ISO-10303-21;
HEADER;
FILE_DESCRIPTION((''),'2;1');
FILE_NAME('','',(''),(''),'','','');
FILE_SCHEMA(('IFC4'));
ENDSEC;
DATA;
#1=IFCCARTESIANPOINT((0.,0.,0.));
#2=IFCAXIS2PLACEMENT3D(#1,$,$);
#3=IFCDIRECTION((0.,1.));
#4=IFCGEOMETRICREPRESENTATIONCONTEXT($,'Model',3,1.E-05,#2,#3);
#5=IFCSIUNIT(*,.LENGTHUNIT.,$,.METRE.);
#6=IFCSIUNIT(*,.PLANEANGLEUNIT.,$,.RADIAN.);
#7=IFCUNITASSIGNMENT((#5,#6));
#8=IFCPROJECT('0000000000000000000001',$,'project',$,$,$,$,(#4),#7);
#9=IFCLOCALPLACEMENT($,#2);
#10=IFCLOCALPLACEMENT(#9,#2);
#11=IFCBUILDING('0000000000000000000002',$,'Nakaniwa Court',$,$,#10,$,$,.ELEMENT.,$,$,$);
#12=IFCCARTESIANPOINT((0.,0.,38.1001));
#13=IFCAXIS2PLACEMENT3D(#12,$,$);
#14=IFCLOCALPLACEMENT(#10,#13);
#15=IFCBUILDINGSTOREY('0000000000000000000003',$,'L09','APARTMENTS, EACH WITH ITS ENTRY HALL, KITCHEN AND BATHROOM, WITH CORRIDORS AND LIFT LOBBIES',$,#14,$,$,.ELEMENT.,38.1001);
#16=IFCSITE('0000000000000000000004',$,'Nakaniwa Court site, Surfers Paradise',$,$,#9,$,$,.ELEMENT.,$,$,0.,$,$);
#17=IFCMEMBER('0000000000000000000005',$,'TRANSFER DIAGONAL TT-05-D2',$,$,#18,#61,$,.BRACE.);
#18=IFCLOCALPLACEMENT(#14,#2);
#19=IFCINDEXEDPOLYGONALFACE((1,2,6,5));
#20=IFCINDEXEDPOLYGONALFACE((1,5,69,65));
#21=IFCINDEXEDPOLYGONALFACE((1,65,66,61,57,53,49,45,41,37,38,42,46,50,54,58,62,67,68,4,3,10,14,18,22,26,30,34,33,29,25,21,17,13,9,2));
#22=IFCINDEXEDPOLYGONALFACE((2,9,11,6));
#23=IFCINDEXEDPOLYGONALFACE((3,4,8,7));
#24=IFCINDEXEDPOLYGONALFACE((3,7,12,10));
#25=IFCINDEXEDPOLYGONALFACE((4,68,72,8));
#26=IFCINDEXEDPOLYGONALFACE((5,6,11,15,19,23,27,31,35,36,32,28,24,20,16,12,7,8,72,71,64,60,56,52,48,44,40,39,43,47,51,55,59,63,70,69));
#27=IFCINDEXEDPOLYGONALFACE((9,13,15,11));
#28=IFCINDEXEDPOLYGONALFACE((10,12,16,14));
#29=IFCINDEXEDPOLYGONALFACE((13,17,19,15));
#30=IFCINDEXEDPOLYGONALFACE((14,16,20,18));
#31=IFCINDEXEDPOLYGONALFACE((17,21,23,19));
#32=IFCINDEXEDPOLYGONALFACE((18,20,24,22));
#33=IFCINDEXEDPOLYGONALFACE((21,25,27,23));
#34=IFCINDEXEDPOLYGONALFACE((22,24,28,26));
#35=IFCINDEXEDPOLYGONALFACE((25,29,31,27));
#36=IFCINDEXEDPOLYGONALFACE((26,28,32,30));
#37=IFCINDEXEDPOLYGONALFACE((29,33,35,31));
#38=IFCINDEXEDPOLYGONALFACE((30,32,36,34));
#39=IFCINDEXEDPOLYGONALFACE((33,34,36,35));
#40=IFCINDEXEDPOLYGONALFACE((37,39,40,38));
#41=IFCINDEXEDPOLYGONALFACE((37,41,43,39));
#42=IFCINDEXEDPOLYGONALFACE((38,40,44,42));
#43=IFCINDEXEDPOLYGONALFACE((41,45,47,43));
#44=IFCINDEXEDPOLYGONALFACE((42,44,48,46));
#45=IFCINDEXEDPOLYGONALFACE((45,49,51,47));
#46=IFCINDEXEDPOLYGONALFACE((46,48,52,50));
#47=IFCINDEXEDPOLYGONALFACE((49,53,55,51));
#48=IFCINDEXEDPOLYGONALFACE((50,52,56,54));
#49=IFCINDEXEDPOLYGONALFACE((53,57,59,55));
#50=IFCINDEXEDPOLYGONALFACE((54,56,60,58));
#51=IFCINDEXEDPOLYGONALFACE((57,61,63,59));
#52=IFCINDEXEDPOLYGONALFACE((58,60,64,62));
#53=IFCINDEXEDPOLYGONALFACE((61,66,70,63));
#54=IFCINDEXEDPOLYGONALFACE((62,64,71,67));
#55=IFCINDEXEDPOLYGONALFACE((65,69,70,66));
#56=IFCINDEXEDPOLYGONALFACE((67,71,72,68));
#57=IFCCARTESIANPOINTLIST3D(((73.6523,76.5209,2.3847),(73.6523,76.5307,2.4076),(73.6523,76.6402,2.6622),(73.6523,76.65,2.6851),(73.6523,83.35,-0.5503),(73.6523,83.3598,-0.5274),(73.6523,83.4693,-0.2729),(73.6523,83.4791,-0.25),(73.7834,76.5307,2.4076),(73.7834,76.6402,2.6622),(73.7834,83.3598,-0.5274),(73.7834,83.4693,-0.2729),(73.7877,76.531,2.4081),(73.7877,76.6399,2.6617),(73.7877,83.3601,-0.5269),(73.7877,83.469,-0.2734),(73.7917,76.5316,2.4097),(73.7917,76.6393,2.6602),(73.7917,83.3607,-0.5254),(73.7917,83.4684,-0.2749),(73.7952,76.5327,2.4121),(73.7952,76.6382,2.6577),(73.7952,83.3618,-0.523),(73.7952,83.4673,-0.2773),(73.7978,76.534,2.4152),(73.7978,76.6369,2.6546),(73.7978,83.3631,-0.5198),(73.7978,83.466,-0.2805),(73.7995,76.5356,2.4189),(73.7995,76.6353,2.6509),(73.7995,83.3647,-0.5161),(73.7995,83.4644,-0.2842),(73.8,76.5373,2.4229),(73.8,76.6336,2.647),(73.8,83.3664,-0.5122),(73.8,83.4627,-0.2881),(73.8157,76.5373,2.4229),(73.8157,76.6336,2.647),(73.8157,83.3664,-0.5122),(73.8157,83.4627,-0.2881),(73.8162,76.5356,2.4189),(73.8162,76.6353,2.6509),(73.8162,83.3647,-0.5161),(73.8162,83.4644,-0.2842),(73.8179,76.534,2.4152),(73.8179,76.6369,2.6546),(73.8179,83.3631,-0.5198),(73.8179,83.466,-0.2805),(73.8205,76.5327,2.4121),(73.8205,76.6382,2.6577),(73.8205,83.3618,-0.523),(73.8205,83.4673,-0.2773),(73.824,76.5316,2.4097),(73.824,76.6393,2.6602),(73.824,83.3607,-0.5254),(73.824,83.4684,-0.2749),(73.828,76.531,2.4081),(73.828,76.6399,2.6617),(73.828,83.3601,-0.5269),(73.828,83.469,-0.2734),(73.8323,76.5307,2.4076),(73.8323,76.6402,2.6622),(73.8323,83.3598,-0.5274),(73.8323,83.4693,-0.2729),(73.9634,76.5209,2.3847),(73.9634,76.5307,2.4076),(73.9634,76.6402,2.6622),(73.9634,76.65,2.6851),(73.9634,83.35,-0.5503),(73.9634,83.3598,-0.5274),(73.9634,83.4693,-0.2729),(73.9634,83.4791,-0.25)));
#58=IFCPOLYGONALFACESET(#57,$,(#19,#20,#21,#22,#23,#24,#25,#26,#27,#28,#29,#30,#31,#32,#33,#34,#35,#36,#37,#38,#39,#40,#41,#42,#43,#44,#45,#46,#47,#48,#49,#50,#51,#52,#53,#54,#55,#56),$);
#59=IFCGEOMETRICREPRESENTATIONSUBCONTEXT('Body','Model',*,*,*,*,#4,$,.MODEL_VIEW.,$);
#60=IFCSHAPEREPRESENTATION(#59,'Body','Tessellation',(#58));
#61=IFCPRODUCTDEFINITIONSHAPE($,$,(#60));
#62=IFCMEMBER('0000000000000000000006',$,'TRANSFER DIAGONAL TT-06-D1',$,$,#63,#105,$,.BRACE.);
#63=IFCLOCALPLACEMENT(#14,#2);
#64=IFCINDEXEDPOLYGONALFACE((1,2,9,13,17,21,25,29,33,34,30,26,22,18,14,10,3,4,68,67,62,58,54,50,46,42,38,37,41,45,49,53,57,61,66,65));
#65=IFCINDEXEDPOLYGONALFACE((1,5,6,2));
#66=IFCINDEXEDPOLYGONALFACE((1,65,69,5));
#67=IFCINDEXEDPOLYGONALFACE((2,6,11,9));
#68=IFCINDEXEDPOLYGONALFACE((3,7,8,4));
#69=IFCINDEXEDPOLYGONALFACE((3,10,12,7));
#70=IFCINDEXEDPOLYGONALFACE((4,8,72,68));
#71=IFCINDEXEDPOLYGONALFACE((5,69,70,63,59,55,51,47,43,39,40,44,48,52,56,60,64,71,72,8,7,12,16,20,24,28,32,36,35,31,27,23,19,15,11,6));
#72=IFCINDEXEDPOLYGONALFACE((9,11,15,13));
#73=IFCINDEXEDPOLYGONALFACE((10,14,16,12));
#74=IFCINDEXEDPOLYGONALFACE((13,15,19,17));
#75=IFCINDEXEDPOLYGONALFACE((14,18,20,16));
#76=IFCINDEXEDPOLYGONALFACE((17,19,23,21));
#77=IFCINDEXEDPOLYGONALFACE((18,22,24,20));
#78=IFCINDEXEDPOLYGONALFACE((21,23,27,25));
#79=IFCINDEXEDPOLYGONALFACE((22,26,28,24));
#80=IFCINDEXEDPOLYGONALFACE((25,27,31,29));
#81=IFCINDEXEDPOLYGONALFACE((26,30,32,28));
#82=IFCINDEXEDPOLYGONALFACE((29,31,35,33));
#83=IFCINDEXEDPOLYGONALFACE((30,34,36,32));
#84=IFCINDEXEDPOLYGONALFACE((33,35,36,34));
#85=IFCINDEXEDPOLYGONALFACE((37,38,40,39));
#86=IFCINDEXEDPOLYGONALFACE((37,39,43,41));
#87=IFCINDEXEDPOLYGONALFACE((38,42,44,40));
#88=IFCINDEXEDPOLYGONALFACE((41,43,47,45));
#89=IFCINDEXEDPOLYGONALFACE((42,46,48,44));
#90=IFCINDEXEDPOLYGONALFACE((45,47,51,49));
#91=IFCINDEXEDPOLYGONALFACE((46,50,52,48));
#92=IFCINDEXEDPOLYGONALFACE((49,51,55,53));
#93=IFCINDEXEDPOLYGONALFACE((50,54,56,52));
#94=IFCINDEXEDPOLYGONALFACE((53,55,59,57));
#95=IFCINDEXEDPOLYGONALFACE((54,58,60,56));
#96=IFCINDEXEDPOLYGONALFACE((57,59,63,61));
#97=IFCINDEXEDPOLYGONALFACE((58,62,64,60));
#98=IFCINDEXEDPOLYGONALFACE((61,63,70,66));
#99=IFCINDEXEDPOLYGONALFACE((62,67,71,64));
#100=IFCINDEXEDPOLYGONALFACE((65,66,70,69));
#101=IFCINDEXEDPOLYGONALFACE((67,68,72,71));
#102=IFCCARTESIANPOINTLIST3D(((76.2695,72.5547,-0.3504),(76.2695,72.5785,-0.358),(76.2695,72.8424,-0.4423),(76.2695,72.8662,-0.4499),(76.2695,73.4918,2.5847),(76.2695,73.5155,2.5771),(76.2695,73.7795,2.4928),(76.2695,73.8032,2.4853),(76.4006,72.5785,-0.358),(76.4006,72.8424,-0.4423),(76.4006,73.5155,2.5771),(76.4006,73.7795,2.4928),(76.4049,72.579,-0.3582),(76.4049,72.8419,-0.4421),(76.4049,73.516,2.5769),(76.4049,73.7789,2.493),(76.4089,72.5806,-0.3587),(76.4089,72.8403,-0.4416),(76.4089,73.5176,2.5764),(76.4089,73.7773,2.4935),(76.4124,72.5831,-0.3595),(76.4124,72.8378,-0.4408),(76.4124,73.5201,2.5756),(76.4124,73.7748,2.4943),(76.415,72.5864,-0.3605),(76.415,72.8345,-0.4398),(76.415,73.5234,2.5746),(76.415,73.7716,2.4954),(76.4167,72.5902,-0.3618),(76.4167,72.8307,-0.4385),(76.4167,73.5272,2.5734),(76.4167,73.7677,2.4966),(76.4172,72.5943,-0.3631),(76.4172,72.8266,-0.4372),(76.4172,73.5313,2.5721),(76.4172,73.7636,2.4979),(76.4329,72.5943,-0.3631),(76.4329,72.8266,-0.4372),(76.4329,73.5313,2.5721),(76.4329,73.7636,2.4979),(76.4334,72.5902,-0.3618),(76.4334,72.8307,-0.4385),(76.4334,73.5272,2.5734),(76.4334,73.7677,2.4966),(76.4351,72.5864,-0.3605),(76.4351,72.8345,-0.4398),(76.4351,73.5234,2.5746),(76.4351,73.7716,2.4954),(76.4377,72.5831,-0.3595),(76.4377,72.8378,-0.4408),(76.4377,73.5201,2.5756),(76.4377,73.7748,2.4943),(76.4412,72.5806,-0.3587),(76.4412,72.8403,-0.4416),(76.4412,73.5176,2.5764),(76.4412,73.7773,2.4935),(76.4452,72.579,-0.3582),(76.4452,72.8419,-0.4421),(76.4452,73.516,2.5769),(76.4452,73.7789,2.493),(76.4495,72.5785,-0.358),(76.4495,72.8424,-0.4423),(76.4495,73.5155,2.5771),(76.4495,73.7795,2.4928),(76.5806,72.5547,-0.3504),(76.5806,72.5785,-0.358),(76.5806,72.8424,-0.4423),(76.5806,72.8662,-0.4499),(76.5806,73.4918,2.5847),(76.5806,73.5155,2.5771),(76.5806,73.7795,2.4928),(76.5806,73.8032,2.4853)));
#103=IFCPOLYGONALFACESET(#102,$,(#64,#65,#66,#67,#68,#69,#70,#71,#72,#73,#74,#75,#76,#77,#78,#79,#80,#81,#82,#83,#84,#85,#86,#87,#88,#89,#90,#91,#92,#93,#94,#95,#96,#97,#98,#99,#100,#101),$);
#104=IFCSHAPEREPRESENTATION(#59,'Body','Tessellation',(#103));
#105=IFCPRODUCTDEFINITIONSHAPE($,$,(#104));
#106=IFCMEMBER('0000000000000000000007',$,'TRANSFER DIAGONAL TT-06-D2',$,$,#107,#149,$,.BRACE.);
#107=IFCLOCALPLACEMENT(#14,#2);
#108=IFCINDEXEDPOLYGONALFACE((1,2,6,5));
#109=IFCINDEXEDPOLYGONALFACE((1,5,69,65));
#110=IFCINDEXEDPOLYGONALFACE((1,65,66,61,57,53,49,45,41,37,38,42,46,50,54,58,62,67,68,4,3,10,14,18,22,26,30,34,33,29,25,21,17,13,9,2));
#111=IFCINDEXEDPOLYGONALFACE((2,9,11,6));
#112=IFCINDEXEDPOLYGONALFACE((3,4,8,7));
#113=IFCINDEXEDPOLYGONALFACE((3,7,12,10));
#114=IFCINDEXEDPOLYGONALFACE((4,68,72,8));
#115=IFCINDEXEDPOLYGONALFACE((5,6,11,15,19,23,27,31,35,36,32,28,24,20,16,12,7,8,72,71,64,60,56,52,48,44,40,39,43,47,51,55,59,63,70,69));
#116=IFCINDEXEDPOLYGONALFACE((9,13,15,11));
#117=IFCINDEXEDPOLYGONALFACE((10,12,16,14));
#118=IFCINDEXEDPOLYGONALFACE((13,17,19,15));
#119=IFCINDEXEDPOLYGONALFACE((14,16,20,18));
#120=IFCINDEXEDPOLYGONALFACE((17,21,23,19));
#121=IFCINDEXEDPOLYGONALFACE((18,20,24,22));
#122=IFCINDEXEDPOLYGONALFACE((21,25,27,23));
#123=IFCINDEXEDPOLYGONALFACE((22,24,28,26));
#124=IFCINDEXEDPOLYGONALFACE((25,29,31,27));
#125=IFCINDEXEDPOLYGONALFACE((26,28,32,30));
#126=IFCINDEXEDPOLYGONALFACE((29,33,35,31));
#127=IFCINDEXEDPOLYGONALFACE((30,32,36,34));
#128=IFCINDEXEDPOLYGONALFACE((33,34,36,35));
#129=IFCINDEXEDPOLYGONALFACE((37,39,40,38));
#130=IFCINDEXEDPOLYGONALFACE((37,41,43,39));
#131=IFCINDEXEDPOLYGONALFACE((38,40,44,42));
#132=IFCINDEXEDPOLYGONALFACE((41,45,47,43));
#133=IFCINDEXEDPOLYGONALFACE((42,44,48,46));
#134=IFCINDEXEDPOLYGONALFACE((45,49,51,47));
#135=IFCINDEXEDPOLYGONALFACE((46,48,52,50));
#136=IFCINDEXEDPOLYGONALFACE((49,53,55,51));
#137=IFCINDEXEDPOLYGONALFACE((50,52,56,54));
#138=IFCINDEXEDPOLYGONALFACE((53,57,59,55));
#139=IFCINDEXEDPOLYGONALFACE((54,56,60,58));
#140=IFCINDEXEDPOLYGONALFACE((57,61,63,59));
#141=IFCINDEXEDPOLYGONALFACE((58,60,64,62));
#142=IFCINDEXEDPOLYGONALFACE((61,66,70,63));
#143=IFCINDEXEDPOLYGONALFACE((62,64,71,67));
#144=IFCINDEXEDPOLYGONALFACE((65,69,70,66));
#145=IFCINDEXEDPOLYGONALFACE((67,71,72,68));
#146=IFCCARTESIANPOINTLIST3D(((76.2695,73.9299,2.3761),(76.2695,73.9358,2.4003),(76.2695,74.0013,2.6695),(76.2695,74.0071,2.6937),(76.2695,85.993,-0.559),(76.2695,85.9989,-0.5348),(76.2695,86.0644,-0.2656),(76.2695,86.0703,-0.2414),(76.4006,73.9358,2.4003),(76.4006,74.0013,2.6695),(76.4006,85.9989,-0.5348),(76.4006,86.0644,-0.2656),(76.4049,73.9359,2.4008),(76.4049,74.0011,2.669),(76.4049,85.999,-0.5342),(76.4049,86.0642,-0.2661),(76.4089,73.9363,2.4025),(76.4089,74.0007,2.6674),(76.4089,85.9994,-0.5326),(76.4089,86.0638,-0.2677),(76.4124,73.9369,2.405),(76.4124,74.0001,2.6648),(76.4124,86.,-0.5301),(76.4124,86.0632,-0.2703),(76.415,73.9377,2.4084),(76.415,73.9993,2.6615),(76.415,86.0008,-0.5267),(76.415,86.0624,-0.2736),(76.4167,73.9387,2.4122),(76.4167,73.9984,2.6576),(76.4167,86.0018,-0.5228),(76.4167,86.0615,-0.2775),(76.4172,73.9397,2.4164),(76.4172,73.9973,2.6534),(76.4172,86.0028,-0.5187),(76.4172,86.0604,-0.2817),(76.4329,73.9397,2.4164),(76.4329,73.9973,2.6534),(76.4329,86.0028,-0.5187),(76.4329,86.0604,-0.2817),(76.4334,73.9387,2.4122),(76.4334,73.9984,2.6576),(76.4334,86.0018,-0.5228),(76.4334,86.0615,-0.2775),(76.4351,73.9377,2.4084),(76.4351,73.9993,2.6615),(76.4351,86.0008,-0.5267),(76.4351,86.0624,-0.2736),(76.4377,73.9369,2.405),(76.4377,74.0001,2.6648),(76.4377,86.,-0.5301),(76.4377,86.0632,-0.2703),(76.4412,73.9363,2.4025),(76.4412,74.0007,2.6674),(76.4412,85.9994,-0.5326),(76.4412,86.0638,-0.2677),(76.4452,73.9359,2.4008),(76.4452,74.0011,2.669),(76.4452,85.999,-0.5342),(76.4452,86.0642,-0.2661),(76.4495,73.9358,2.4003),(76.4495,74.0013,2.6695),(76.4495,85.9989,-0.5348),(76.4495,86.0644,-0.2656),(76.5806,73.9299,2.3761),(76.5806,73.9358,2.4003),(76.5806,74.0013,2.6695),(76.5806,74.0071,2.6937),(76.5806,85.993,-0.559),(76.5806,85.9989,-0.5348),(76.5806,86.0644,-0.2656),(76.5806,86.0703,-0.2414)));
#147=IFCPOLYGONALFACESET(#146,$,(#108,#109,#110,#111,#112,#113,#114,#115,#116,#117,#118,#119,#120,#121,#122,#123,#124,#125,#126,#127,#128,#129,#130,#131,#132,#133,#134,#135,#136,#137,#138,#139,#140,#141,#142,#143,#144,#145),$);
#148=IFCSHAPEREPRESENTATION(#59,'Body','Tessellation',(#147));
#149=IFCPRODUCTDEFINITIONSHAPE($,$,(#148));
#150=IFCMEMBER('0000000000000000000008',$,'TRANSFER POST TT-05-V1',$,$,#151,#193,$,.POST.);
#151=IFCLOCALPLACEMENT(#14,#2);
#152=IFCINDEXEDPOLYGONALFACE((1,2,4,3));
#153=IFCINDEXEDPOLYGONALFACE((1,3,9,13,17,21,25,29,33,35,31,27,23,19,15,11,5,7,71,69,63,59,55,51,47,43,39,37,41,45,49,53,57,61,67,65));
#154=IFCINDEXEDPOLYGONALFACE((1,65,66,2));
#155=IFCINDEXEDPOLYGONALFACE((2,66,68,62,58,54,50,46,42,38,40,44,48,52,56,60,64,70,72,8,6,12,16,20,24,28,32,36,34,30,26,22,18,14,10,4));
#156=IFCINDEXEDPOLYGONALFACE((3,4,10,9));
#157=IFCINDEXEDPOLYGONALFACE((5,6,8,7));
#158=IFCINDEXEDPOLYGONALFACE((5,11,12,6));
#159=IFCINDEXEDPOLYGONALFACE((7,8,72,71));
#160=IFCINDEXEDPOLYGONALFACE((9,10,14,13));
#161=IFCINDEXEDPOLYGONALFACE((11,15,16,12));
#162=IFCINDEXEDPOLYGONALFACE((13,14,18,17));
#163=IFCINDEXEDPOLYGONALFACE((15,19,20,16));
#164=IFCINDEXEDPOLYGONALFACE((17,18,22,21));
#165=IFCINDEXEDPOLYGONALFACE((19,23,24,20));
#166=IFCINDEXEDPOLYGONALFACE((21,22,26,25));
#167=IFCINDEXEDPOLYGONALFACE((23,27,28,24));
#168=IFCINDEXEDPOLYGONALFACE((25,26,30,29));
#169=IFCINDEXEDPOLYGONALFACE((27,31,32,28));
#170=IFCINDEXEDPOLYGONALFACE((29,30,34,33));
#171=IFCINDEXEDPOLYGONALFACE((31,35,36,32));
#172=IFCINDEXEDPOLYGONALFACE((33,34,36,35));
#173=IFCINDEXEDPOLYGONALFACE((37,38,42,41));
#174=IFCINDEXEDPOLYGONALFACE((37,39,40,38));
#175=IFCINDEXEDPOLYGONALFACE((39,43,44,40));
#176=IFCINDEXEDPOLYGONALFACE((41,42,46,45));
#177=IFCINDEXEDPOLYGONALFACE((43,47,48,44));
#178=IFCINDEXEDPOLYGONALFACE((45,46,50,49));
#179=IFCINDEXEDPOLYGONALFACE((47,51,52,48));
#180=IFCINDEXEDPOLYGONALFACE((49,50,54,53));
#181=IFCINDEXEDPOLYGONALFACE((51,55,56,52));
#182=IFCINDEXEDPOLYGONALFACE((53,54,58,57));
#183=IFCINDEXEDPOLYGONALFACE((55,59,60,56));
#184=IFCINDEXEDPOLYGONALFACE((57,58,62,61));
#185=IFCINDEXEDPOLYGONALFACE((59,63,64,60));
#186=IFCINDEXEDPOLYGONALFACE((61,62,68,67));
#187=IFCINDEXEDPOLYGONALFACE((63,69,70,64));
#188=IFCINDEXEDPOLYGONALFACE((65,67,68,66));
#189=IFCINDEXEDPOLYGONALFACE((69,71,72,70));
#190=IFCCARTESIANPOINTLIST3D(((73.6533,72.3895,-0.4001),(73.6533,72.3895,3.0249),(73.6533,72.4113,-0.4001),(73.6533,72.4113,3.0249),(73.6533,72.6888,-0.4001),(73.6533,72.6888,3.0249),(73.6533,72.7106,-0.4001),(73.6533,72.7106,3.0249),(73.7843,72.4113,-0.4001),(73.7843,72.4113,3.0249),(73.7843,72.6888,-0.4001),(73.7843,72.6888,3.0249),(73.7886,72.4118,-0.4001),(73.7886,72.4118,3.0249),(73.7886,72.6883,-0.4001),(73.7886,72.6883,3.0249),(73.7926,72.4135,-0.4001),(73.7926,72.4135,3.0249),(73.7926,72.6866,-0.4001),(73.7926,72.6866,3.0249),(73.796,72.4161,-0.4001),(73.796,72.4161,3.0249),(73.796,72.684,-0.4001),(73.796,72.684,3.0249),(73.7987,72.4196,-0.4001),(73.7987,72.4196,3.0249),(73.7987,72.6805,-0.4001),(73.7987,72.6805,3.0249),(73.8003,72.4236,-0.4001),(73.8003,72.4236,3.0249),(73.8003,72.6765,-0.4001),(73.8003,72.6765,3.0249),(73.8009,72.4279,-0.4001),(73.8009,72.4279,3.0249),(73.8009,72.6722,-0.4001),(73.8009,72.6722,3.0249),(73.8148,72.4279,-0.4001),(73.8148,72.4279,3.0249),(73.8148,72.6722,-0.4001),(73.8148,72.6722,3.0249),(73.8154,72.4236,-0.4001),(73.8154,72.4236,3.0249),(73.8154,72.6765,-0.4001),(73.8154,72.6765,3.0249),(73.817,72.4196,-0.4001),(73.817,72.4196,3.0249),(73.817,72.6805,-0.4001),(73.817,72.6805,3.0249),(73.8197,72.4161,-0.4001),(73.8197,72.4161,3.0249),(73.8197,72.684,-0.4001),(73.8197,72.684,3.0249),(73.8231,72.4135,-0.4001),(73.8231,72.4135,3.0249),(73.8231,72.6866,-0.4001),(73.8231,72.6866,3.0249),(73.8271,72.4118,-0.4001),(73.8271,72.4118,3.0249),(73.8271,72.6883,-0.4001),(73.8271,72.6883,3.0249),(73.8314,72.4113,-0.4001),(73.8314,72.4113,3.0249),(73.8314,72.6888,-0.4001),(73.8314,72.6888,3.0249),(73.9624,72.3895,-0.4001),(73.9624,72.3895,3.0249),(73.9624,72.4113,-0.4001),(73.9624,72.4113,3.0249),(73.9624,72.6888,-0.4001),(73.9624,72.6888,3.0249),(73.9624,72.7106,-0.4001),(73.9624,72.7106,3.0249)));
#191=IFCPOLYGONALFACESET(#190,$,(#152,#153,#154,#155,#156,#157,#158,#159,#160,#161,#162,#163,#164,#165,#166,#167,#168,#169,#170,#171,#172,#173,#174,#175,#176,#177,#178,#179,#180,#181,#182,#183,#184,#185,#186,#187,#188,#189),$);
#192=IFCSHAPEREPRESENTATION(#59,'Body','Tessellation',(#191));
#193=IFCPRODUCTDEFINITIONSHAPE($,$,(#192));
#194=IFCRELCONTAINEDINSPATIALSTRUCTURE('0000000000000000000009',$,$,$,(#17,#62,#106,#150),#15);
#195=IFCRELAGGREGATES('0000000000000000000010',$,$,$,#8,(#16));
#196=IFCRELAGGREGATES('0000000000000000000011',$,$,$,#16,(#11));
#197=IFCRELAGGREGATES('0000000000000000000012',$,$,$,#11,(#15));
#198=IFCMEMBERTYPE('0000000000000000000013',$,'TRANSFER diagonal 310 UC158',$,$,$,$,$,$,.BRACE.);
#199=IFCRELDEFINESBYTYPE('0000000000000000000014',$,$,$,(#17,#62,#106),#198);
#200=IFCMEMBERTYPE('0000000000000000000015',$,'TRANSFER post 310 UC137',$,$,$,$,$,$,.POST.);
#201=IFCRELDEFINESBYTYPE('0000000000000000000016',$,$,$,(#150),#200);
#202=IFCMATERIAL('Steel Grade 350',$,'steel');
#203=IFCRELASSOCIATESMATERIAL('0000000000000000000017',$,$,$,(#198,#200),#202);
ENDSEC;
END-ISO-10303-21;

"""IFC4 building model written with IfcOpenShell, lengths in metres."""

from ifc_helpers import new_model, si_unit, direction, frame, origin, origin_2d, place, context, subcontext, project, spatial, i_section, extrude, material, material_profile, profile_set, type_object, element, save


model = new_model("IFC4")

# Units and contexts
model_context = context("Model", 3, precision=1e-05, world=origin(), true_north=direction((0.0, 1.0)))
body_context = subcontext(model_context, "Body", "Model", "MODEL_VIEW")
ifc_project = project(units=[si_unit("LENGTHUNIT", "METRE"), si_unit("PLANEANGLEUNIT", "RADIAN")], contexts=[model_context])

# Site, building, storey
site_placement = place(None, origin())
site = spatial("IfcSite", under=ifc_project, at=site_placement, Name="Nakaniwa Court site, Surfers Paradise", CompositionType="ELEMENT", RefElevation=0.0)
building_placement = place(site_placement, origin())
building = spatial("IfcBuilding", under=site, at=building_placement, Name="Nakaniwa Court", CompositionType="ELEMENT")
storey_placement = place(building_placement, frame((0.0, 0.0, 38.1001)))
storey = spatial("IfcBuildingStorey", under=building, at=storey_placement, Name="L09", Description="APARTMENTS, EACH WITH ITS ENTRY HALL, KITCHEN AND BATHROOM, WITH CORRIDORS AND LIFT LOBBIES", CompositionType="ELEMENT", Elevation=38.1001)

# Members
ifc_material_1 = material(Name="Steel Grade 350", Category="steel")
ifc_material_profile_1 = material_profile(ifc_material_1, i_section(OverallWidth=0.311, OverallDepth=0.3269, WebThickness=0.0156, FlangeThickness=0.0249, FilletRadius=0.0166, at=origin_2d()), Name="310UC158")
ifc_profile_set_1 = profile_set([ifc_material_profile_1], Name="Steel Grade 350")
member_type_1 = type_object("IfcMemberType", Name="TRANSFER diagonal 310 UC158", PredefinedType="BRACE", material=ifc_profile_set_1)
member_1_placement = place(storey_placement, frame((73.8079, 76.5854, 2.5349), z_axis=(0.0, 0.91874, -0.394863), x_axis=(-1.0, 0.0, 0.0)))
element("IfcMember", 1, at=member_1_placement, inside=storey, type_object=member_type_1, Name="TRANSFER DIAGONAL TT-05-D2", PredefinedType="BRACE", context=body_context, shape_type="SweptSolid", body=[
    extrude(i_section(OverallWidth=0.311, OverallDepth=0.3269, WebThickness=0.0156, FlangeThickness=0.0249, FilletRadius=0.0166, at=origin_2d()), origin(), (0.0, 0.0, 1.0), 7.4331),
])
member_2_placement = place(storey_placement, frame((76.425, 72.7104, -0.4001), z_axis=(0.0, 0.304126, 0.952632), x_axis=(-1.0, 0.0, 0.0)))
element("IfcMember", 2, at=member_2_placement, inside=storey, type_object=member_type_1, Name="TRANSFER DIAGONAL TT-06-D1", PredefinedType="BRACE", context=body_context, shape_type="SweptSolid", body=[
    extrude(i_section(OverallWidth=0.311, OverallDepth=0.3269, WebThickness=0.0156, FlangeThickness=0.0249, FilletRadius=0.0166, at=origin_2d()), origin(), (0.0, 0.0, 1.0), 3.0811),
])
member_3_placement = place(storey_placement, frame((76.425, 73.9685, 2.5349), z_axis=(0.0, 0.971652, -0.236414), x_axis=(-1.0, 0.0, 0.0)))
element("IfcMember", 3, at=member_3_placement, inside=storey, type_object=member_type_1, Name="TRANSFER DIAGONAL TT-06-D2", PredefinedType="BRACE", context=body_context, shape_type="SweptSolid", body=[
    extrude(i_section(OverallWidth=0.311, OverallDepth=0.3269, WebThickness=0.0156, FlangeThickness=0.0249, FilletRadius=0.0166, at=origin_2d()), origin(), (0.0, 0.0, 1.0), 12.415),
])
ifc_material_profile_2 = material_profile(ifc_material_1, i_section(OverallWidth=0.3091, OverallDepth=0.321, WebThickness=0.0139, FlangeThickness=0.0217, FilletRadius=0.0166, at=origin_2d()), Name="310UC137")
ifc_profile_set_2 = profile_set([ifc_material_profile_2], Name="Steel Grade 350")
member_type_2 = type_object("IfcMemberType", Name="TRANSFER post 310 UC137", PredefinedType="POST", material=ifc_profile_set_2)
for number, where, z_axis, x_axis, name in (
    (4, (73.8079, 72.55, -0.4001), (0.0, 0.0, 1.0), (1.0, 0.0, 0.0), "TRANSFER POST TT-05-V1"),
):
    element("IfcMember", number, at=place(storey_placement, frame(where, z_axis=z_axis, x_axis=x_axis)), inside=storey, type_object=member_type_2, Name=name, PredefinedType="POST", context=body_context, shape_type="SweptSolid", body=[
        extrude(i_section(OverallWidth=0.3091, OverallDepth=0.321, WebThickness=0.0139, FlangeThickness=0.0217, FilletRadius=0.0166, at=origin_2d()), origin(), (0.0, 0.0, 1.0), 3.425),
    ])

save(model, "model.ifc")
